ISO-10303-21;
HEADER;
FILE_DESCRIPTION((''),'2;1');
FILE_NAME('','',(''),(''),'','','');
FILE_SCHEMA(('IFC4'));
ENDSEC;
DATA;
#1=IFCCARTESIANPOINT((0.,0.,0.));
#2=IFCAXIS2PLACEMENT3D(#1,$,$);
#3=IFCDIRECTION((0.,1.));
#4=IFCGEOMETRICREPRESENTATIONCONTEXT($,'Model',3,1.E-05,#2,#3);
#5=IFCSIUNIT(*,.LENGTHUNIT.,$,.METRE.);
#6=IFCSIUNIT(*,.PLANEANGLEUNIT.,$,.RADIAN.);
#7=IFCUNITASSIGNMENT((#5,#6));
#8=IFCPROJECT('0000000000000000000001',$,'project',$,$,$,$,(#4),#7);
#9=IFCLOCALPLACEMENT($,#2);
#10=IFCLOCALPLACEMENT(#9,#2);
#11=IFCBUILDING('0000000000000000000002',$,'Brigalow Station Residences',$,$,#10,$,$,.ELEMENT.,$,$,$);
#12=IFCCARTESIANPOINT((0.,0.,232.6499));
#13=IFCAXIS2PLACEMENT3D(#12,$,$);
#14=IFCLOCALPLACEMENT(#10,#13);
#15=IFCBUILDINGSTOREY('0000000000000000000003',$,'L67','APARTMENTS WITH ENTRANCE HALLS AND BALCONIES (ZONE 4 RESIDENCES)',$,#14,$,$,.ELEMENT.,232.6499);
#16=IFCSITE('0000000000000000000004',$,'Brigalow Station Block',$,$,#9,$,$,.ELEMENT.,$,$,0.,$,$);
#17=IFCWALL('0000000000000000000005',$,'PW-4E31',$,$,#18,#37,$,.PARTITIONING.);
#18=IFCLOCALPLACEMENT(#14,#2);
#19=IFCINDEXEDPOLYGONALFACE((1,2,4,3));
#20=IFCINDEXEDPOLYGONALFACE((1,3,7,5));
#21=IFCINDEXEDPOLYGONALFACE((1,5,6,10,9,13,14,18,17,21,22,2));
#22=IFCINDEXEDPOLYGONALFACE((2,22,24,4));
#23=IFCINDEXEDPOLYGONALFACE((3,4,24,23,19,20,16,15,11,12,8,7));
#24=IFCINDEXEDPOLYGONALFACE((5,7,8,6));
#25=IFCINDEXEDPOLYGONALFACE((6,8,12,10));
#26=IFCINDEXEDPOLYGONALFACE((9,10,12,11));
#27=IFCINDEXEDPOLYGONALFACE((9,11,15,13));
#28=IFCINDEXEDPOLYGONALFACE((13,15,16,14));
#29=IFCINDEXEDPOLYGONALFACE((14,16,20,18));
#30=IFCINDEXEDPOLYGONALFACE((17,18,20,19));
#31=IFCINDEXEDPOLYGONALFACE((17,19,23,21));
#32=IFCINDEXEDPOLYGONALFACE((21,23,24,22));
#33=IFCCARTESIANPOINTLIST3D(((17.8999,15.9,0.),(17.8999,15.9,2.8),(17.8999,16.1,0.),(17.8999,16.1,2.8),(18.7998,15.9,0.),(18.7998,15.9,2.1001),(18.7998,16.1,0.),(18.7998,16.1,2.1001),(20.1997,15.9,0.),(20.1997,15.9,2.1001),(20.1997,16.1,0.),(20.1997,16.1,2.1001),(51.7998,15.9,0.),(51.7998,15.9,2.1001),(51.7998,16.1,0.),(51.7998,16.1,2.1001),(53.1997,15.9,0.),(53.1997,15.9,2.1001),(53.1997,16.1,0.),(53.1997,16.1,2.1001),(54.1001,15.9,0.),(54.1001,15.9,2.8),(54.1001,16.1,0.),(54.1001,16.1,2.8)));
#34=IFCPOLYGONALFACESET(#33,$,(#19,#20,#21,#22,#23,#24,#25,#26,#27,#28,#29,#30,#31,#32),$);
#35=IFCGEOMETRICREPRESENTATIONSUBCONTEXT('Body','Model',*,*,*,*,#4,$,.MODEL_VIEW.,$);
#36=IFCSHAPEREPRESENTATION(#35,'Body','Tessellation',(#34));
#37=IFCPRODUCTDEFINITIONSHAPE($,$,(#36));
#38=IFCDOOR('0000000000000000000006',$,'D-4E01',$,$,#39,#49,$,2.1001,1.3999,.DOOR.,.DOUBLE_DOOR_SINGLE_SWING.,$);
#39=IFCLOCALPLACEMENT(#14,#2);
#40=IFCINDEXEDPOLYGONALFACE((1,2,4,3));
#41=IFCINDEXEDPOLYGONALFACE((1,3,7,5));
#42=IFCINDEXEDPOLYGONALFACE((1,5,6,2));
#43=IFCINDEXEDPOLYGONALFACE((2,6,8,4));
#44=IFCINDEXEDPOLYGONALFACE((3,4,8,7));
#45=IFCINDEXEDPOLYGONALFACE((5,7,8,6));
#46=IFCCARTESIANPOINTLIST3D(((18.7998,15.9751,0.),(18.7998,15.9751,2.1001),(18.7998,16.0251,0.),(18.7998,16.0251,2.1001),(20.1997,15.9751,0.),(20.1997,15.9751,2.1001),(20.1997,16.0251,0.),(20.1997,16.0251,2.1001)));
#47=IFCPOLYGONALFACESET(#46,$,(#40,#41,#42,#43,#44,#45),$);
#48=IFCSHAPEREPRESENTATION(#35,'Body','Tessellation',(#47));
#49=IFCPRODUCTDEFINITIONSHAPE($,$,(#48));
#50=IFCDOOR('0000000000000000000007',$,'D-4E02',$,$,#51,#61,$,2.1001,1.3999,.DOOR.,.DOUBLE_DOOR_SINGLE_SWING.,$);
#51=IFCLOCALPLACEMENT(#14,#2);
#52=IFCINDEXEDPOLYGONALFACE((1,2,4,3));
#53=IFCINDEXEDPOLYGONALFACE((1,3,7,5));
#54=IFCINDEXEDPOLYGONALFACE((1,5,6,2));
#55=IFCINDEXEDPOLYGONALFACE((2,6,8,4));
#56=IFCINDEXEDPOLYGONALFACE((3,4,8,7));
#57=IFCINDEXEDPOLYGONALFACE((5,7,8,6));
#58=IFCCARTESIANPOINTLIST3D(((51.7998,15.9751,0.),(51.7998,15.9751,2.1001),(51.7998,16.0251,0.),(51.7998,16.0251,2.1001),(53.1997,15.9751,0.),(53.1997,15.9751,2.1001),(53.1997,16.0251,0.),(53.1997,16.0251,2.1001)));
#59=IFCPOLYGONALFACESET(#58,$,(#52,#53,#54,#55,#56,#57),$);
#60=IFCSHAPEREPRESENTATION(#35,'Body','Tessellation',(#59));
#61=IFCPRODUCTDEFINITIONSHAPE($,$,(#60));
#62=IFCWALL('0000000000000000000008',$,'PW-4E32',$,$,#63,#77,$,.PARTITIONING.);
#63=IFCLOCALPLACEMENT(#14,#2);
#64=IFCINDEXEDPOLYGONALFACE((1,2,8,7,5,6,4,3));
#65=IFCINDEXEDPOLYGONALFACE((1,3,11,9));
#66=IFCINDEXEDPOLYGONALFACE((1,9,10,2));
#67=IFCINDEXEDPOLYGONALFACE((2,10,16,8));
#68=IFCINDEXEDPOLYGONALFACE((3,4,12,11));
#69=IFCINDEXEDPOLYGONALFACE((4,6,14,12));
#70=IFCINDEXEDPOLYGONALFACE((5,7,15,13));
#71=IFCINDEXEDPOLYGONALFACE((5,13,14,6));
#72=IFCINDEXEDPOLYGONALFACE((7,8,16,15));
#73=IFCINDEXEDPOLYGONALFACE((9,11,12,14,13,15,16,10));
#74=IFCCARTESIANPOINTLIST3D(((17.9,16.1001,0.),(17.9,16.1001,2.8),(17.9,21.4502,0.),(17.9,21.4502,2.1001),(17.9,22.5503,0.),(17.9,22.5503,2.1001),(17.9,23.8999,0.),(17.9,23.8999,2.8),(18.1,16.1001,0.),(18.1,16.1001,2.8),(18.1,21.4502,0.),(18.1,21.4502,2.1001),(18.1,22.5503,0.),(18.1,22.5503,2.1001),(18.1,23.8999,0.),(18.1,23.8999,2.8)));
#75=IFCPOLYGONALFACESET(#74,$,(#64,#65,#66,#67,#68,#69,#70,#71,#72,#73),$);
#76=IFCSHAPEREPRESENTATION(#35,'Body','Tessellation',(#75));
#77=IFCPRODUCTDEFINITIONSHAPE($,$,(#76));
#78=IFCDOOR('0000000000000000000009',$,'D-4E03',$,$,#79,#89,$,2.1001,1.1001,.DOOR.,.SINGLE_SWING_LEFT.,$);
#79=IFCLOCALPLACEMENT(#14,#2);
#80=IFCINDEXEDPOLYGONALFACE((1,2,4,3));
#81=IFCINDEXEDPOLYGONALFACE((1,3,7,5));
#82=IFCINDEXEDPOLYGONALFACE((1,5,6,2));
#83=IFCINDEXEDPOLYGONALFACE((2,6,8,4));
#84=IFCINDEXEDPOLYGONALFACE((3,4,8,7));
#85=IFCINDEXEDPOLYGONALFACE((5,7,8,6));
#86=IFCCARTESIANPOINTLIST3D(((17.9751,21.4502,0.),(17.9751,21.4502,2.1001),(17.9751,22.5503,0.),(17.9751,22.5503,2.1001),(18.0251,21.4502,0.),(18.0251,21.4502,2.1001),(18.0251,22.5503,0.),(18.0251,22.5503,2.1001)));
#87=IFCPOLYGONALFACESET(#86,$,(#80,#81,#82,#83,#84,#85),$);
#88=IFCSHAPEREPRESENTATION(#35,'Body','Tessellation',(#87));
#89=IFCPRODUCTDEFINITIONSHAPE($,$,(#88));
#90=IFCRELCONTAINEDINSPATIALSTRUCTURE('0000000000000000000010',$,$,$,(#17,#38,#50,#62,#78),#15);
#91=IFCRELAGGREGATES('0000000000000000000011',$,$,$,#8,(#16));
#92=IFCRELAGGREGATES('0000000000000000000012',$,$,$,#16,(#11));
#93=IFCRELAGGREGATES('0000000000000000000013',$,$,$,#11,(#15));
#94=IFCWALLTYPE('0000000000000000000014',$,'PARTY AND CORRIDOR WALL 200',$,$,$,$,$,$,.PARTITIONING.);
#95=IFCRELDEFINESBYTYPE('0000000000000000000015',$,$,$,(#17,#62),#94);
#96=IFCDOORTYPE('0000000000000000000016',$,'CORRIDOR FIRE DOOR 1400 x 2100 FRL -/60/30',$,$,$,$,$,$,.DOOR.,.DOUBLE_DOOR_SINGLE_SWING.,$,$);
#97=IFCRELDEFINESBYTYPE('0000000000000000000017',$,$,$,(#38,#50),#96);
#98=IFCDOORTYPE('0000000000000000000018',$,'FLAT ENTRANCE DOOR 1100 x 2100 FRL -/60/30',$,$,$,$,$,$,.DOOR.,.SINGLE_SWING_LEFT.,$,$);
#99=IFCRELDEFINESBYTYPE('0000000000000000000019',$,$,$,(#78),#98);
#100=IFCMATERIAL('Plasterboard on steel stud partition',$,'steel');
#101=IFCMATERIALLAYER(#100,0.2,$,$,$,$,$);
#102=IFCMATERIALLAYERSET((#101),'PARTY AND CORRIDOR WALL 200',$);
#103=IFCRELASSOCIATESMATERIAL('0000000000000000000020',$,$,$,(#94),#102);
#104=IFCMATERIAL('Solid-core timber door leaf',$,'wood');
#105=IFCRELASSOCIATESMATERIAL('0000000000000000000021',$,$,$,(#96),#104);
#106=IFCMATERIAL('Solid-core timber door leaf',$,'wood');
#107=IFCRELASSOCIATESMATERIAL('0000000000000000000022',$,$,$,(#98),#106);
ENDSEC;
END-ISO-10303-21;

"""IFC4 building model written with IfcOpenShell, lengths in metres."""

from ifc_helpers import new_model, si_unit, direction, frame, frame_2d, origin, place, context, subcontext, project, spatial, rectangle, extrude, material, layer, layer_set, type_object, element, fill, save


model = new_model("IFC4")

# Units and contexts
model_context = context("Model", 3, precision=1e-05, world=origin(), true_north=direction((0.0, 1.0)))
body_context = subcontext(model_context, "Body", "Model", "MODEL_VIEW")
ifc_project = project(units=[si_unit("LENGTHUNIT", "METRE"), si_unit("PLANEANGLEUNIT", "RADIAN")], contexts=[model_context])

# Site, building, storey
site_placement = place(None, origin())
site = spatial("IfcSite", under=ifc_project, at=site_placement, Name="Brigalow Station Block", CompositionType="ELEMENT", RefElevation=0.0)
building_placement = place(site_placement, origin())
building = spatial("IfcBuilding", under=site, at=building_placement, Name="Brigalow Station Residences", CompositionType="ELEMENT")
storey_placement = place(building_placement, frame((0.0, 0.0, 232.6499)))
storey = spatial("IfcBuildingStorey", under=building, at=storey_placement, Name="L67", Description="APARTMENTS WITH ENTRANCE HALLS AND BALCONIES (ZONE 4 RESIDENCES)", CompositionType="ELEMENT", Elevation=232.6499)

# Wall, openings, doors
ifc_material_1 = material(Name="Plasterboard on steel stud partition", Category="steel")
ifc_layer_1 = layer(ifc_material_1, 0.2)
ifc_layer_set_1 = layer_set([ifc_layer_1], Name="PARTY AND CORRIDOR WALL 200")
wall_type_1 = type_object("IfcWallType", Name="PARTY AND CORRIDOR WALL 200", PredefinedType="PARTITIONING", material=ifc_layer_set_1)
wall_1_placement = place(storey_placement, frame((17.8999, 16.0, 0.0), z_axis=(0.0, 0.0, 1.0), x_axis=(1.0, 0.0, 0.0)))
wall_1 = element("IfcWall", 1, at=wall_1_placement, inside=storey, type_object=wall_type_1, Name="PW-4E31", PredefinedType="PARTITIONING", context=body_context, shape_type="SweptSolid", body=[
    extrude(rectangle(XDim=36.2002, YDim=0.2, at=frame_2d((18.1001, 0.0))), origin(), (0.0, 0.0, 1.0), 2.8),
])
opening_1_placement = place(wall_1_placement, frame((0.8999, 0.0, 0.0)))
opening_1 = element("IfcOpeningElement", 2, at=opening_1_placement, cuts=wall_1, PredefinedType="OPENING", context=body_context, shape_type="SweptSolid", body=[
    extrude(rectangle(XDim=1.3999, YDim=2.1001, at=frame_2d((0.7, 1.05))), frame((0.0, 0.1099, 0.0), z_axis=(0.0, -1.0, 0.0), x_axis=(1.0, 0.0, 0.0)), (0.0, 0.0, 1.0), 0.22),
])
opening_2_placement = place(wall_1_placement, frame((33.8999, 0.0, 0.0)))
opening_2 = element("IfcOpeningElement", 3, at=opening_2_placement, cuts=wall_1, PredefinedType="OPENING", context=body_context, shape_type="SweptSolid", body=[
    extrude(rectangle(XDim=1.3999, YDim=2.1001, at=frame_2d((0.7, 1.05))), frame((0.0, 0.1099, 0.0), z_axis=(0.0, -1.0, 0.0), x_axis=(1.0, 0.0, 0.0)), (0.0, 0.0, 1.0), 0.22),
])
ifc_material_2 = material(Name="Solid-core timber door leaf", Category="wood")
door_type_1 = type_object("IfcDoorType", Name="CORRIDOR FIRE DOOR 1400 x 2100 FRL -/60/30", OperationType="DOUBLE_DOOR_SINGLE_SWING", PredefinedType="DOOR", material=ifc_material_2)
door_1_placement = place(opening_1_placement, frame((1.3999, 0.0, 0.0), z_axis=(0.0, 0.0, 1.0), x_axis=(-1.0, 0.0, 0.0)))
door_1 = element("IfcDoor", 4, at=door_1_placement, inside=storey, type_object=door_type_1, Name="D-4E01", OperationType="DOUBLE_DOOR_SINGLE_SWING", OverallHeight=2.1001, OverallWidth=1.3999, PredefinedType="DOOR", context=body_context, shape_type="SweptSolid", body=[
    extrude(rectangle(XDim=1.3999, YDim=2.1001, at=frame_2d((0.7, 1.05))), frame((0.0, 0.0249, 0.0), z_axis=(0.0, -1.0, 0.0), x_axis=(1.0, 0.0, 0.0)), (0.0, 0.0, 1.0), 0.05),
])
fill(opening_1, door_1)
door_2_placement = place(opening_2_placement, frame((1.3999, 0.0, 0.0), z_axis=(0.0, 0.0, 1.0), x_axis=(-1.0, 0.0, 0.0)))
door_2 = element("IfcDoor", 5, at=door_2_placement, inside=storey, type_object=door_type_1, Name="D-4E02", OperationType="DOUBLE_DOOR_SINGLE_SWING", OverallHeight=2.1001, OverallWidth=1.3999, PredefinedType="DOOR", context=body_context, shape_type="SweptSolid", body=[
    extrude(rectangle(XDim=1.3999, YDim=2.1001, at=frame_2d((0.7, 1.05))), frame((0.0, 0.0249, 0.0), z_axis=(0.0, -1.0, 0.0), x_axis=(1.0, 0.0, 0.0)), (0.0, 0.0, 1.0), 0.05),
])
fill(opening_2, door_2)

# Wall, opening, door
wall_2_placement = place(storey_placement, frame((18.0, 16.1001, 0.0), z_axis=(0.0, 0.0, 1.0), x_axis=(0.0, 1.0, 0.0)))
wall_2 = element("IfcWall", 6, at=wall_2_placement, inside=storey, type_object=wall_type_1, Name="PW-4E32", PredefinedType="PARTITIONING", context=body_context, shape_type="SweptSolid", body=[
    extrude(rectangle(XDim=7.7998, YDim=0.2, at=frame_2d((3.8999, 0.0))), origin(), (0.0, 0.0, 1.0), 2.8),
])
opening_3_placement = place(wall_2_placement, frame((5.3501, 0.0, 0.0)))
opening_3 = element("IfcOpeningElement", 7, at=opening_3_placement, cuts=wall_2, PredefinedType="OPENING", context=body_context, shape_type="SweptSolid", body=[
    extrude(rectangle(XDim=1.1001, YDim=2.1001, at=frame_2d((0.55, 1.05))), frame((0.0, 0.1099, 0.0), z_axis=(0.0, -1.0, 0.0), x_axis=(1.0, 0.0, 0.0)), (0.0, 0.0, 1.0), 0.22),
])
ifc_material_3 = material(Name="Solid-core timber door leaf", Category="wood")
door_type_2 = type_object("IfcDoorType", Name="FLAT ENTRANCE DOOR 1100 x 2100 FRL -/60/30", OperationType="SINGLE_SWING_LEFT", PredefinedType="DOOR", material=ifc_material_3)
door_3_placement = place(opening_3_placement, origin())
door_3 = element("IfcDoor", 8, at=door_3_placement, inside=storey, type_object=door_type_2, Name="D-4E03", OperationType="SINGLE_SWING_LEFT", OverallHeight=2.1001, OverallWidth=1.1001, PredefinedType="DOOR", context=body_context, shape_type="SweptSolid", body=[
    extrude(rectangle(XDim=1.1001, YDim=2.1001, at=frame_2d((0.55, 1.05))), frame((0.0, 0.0249, 0.0), z_axis=(0.0, -1.0, 0.0), x_axis=(1.0, 0.0, 0.0)), (0.0, 0.0, 1.0), 0.05),
])
fill(opening_3, door_3)

save(model, "model.ifc")
